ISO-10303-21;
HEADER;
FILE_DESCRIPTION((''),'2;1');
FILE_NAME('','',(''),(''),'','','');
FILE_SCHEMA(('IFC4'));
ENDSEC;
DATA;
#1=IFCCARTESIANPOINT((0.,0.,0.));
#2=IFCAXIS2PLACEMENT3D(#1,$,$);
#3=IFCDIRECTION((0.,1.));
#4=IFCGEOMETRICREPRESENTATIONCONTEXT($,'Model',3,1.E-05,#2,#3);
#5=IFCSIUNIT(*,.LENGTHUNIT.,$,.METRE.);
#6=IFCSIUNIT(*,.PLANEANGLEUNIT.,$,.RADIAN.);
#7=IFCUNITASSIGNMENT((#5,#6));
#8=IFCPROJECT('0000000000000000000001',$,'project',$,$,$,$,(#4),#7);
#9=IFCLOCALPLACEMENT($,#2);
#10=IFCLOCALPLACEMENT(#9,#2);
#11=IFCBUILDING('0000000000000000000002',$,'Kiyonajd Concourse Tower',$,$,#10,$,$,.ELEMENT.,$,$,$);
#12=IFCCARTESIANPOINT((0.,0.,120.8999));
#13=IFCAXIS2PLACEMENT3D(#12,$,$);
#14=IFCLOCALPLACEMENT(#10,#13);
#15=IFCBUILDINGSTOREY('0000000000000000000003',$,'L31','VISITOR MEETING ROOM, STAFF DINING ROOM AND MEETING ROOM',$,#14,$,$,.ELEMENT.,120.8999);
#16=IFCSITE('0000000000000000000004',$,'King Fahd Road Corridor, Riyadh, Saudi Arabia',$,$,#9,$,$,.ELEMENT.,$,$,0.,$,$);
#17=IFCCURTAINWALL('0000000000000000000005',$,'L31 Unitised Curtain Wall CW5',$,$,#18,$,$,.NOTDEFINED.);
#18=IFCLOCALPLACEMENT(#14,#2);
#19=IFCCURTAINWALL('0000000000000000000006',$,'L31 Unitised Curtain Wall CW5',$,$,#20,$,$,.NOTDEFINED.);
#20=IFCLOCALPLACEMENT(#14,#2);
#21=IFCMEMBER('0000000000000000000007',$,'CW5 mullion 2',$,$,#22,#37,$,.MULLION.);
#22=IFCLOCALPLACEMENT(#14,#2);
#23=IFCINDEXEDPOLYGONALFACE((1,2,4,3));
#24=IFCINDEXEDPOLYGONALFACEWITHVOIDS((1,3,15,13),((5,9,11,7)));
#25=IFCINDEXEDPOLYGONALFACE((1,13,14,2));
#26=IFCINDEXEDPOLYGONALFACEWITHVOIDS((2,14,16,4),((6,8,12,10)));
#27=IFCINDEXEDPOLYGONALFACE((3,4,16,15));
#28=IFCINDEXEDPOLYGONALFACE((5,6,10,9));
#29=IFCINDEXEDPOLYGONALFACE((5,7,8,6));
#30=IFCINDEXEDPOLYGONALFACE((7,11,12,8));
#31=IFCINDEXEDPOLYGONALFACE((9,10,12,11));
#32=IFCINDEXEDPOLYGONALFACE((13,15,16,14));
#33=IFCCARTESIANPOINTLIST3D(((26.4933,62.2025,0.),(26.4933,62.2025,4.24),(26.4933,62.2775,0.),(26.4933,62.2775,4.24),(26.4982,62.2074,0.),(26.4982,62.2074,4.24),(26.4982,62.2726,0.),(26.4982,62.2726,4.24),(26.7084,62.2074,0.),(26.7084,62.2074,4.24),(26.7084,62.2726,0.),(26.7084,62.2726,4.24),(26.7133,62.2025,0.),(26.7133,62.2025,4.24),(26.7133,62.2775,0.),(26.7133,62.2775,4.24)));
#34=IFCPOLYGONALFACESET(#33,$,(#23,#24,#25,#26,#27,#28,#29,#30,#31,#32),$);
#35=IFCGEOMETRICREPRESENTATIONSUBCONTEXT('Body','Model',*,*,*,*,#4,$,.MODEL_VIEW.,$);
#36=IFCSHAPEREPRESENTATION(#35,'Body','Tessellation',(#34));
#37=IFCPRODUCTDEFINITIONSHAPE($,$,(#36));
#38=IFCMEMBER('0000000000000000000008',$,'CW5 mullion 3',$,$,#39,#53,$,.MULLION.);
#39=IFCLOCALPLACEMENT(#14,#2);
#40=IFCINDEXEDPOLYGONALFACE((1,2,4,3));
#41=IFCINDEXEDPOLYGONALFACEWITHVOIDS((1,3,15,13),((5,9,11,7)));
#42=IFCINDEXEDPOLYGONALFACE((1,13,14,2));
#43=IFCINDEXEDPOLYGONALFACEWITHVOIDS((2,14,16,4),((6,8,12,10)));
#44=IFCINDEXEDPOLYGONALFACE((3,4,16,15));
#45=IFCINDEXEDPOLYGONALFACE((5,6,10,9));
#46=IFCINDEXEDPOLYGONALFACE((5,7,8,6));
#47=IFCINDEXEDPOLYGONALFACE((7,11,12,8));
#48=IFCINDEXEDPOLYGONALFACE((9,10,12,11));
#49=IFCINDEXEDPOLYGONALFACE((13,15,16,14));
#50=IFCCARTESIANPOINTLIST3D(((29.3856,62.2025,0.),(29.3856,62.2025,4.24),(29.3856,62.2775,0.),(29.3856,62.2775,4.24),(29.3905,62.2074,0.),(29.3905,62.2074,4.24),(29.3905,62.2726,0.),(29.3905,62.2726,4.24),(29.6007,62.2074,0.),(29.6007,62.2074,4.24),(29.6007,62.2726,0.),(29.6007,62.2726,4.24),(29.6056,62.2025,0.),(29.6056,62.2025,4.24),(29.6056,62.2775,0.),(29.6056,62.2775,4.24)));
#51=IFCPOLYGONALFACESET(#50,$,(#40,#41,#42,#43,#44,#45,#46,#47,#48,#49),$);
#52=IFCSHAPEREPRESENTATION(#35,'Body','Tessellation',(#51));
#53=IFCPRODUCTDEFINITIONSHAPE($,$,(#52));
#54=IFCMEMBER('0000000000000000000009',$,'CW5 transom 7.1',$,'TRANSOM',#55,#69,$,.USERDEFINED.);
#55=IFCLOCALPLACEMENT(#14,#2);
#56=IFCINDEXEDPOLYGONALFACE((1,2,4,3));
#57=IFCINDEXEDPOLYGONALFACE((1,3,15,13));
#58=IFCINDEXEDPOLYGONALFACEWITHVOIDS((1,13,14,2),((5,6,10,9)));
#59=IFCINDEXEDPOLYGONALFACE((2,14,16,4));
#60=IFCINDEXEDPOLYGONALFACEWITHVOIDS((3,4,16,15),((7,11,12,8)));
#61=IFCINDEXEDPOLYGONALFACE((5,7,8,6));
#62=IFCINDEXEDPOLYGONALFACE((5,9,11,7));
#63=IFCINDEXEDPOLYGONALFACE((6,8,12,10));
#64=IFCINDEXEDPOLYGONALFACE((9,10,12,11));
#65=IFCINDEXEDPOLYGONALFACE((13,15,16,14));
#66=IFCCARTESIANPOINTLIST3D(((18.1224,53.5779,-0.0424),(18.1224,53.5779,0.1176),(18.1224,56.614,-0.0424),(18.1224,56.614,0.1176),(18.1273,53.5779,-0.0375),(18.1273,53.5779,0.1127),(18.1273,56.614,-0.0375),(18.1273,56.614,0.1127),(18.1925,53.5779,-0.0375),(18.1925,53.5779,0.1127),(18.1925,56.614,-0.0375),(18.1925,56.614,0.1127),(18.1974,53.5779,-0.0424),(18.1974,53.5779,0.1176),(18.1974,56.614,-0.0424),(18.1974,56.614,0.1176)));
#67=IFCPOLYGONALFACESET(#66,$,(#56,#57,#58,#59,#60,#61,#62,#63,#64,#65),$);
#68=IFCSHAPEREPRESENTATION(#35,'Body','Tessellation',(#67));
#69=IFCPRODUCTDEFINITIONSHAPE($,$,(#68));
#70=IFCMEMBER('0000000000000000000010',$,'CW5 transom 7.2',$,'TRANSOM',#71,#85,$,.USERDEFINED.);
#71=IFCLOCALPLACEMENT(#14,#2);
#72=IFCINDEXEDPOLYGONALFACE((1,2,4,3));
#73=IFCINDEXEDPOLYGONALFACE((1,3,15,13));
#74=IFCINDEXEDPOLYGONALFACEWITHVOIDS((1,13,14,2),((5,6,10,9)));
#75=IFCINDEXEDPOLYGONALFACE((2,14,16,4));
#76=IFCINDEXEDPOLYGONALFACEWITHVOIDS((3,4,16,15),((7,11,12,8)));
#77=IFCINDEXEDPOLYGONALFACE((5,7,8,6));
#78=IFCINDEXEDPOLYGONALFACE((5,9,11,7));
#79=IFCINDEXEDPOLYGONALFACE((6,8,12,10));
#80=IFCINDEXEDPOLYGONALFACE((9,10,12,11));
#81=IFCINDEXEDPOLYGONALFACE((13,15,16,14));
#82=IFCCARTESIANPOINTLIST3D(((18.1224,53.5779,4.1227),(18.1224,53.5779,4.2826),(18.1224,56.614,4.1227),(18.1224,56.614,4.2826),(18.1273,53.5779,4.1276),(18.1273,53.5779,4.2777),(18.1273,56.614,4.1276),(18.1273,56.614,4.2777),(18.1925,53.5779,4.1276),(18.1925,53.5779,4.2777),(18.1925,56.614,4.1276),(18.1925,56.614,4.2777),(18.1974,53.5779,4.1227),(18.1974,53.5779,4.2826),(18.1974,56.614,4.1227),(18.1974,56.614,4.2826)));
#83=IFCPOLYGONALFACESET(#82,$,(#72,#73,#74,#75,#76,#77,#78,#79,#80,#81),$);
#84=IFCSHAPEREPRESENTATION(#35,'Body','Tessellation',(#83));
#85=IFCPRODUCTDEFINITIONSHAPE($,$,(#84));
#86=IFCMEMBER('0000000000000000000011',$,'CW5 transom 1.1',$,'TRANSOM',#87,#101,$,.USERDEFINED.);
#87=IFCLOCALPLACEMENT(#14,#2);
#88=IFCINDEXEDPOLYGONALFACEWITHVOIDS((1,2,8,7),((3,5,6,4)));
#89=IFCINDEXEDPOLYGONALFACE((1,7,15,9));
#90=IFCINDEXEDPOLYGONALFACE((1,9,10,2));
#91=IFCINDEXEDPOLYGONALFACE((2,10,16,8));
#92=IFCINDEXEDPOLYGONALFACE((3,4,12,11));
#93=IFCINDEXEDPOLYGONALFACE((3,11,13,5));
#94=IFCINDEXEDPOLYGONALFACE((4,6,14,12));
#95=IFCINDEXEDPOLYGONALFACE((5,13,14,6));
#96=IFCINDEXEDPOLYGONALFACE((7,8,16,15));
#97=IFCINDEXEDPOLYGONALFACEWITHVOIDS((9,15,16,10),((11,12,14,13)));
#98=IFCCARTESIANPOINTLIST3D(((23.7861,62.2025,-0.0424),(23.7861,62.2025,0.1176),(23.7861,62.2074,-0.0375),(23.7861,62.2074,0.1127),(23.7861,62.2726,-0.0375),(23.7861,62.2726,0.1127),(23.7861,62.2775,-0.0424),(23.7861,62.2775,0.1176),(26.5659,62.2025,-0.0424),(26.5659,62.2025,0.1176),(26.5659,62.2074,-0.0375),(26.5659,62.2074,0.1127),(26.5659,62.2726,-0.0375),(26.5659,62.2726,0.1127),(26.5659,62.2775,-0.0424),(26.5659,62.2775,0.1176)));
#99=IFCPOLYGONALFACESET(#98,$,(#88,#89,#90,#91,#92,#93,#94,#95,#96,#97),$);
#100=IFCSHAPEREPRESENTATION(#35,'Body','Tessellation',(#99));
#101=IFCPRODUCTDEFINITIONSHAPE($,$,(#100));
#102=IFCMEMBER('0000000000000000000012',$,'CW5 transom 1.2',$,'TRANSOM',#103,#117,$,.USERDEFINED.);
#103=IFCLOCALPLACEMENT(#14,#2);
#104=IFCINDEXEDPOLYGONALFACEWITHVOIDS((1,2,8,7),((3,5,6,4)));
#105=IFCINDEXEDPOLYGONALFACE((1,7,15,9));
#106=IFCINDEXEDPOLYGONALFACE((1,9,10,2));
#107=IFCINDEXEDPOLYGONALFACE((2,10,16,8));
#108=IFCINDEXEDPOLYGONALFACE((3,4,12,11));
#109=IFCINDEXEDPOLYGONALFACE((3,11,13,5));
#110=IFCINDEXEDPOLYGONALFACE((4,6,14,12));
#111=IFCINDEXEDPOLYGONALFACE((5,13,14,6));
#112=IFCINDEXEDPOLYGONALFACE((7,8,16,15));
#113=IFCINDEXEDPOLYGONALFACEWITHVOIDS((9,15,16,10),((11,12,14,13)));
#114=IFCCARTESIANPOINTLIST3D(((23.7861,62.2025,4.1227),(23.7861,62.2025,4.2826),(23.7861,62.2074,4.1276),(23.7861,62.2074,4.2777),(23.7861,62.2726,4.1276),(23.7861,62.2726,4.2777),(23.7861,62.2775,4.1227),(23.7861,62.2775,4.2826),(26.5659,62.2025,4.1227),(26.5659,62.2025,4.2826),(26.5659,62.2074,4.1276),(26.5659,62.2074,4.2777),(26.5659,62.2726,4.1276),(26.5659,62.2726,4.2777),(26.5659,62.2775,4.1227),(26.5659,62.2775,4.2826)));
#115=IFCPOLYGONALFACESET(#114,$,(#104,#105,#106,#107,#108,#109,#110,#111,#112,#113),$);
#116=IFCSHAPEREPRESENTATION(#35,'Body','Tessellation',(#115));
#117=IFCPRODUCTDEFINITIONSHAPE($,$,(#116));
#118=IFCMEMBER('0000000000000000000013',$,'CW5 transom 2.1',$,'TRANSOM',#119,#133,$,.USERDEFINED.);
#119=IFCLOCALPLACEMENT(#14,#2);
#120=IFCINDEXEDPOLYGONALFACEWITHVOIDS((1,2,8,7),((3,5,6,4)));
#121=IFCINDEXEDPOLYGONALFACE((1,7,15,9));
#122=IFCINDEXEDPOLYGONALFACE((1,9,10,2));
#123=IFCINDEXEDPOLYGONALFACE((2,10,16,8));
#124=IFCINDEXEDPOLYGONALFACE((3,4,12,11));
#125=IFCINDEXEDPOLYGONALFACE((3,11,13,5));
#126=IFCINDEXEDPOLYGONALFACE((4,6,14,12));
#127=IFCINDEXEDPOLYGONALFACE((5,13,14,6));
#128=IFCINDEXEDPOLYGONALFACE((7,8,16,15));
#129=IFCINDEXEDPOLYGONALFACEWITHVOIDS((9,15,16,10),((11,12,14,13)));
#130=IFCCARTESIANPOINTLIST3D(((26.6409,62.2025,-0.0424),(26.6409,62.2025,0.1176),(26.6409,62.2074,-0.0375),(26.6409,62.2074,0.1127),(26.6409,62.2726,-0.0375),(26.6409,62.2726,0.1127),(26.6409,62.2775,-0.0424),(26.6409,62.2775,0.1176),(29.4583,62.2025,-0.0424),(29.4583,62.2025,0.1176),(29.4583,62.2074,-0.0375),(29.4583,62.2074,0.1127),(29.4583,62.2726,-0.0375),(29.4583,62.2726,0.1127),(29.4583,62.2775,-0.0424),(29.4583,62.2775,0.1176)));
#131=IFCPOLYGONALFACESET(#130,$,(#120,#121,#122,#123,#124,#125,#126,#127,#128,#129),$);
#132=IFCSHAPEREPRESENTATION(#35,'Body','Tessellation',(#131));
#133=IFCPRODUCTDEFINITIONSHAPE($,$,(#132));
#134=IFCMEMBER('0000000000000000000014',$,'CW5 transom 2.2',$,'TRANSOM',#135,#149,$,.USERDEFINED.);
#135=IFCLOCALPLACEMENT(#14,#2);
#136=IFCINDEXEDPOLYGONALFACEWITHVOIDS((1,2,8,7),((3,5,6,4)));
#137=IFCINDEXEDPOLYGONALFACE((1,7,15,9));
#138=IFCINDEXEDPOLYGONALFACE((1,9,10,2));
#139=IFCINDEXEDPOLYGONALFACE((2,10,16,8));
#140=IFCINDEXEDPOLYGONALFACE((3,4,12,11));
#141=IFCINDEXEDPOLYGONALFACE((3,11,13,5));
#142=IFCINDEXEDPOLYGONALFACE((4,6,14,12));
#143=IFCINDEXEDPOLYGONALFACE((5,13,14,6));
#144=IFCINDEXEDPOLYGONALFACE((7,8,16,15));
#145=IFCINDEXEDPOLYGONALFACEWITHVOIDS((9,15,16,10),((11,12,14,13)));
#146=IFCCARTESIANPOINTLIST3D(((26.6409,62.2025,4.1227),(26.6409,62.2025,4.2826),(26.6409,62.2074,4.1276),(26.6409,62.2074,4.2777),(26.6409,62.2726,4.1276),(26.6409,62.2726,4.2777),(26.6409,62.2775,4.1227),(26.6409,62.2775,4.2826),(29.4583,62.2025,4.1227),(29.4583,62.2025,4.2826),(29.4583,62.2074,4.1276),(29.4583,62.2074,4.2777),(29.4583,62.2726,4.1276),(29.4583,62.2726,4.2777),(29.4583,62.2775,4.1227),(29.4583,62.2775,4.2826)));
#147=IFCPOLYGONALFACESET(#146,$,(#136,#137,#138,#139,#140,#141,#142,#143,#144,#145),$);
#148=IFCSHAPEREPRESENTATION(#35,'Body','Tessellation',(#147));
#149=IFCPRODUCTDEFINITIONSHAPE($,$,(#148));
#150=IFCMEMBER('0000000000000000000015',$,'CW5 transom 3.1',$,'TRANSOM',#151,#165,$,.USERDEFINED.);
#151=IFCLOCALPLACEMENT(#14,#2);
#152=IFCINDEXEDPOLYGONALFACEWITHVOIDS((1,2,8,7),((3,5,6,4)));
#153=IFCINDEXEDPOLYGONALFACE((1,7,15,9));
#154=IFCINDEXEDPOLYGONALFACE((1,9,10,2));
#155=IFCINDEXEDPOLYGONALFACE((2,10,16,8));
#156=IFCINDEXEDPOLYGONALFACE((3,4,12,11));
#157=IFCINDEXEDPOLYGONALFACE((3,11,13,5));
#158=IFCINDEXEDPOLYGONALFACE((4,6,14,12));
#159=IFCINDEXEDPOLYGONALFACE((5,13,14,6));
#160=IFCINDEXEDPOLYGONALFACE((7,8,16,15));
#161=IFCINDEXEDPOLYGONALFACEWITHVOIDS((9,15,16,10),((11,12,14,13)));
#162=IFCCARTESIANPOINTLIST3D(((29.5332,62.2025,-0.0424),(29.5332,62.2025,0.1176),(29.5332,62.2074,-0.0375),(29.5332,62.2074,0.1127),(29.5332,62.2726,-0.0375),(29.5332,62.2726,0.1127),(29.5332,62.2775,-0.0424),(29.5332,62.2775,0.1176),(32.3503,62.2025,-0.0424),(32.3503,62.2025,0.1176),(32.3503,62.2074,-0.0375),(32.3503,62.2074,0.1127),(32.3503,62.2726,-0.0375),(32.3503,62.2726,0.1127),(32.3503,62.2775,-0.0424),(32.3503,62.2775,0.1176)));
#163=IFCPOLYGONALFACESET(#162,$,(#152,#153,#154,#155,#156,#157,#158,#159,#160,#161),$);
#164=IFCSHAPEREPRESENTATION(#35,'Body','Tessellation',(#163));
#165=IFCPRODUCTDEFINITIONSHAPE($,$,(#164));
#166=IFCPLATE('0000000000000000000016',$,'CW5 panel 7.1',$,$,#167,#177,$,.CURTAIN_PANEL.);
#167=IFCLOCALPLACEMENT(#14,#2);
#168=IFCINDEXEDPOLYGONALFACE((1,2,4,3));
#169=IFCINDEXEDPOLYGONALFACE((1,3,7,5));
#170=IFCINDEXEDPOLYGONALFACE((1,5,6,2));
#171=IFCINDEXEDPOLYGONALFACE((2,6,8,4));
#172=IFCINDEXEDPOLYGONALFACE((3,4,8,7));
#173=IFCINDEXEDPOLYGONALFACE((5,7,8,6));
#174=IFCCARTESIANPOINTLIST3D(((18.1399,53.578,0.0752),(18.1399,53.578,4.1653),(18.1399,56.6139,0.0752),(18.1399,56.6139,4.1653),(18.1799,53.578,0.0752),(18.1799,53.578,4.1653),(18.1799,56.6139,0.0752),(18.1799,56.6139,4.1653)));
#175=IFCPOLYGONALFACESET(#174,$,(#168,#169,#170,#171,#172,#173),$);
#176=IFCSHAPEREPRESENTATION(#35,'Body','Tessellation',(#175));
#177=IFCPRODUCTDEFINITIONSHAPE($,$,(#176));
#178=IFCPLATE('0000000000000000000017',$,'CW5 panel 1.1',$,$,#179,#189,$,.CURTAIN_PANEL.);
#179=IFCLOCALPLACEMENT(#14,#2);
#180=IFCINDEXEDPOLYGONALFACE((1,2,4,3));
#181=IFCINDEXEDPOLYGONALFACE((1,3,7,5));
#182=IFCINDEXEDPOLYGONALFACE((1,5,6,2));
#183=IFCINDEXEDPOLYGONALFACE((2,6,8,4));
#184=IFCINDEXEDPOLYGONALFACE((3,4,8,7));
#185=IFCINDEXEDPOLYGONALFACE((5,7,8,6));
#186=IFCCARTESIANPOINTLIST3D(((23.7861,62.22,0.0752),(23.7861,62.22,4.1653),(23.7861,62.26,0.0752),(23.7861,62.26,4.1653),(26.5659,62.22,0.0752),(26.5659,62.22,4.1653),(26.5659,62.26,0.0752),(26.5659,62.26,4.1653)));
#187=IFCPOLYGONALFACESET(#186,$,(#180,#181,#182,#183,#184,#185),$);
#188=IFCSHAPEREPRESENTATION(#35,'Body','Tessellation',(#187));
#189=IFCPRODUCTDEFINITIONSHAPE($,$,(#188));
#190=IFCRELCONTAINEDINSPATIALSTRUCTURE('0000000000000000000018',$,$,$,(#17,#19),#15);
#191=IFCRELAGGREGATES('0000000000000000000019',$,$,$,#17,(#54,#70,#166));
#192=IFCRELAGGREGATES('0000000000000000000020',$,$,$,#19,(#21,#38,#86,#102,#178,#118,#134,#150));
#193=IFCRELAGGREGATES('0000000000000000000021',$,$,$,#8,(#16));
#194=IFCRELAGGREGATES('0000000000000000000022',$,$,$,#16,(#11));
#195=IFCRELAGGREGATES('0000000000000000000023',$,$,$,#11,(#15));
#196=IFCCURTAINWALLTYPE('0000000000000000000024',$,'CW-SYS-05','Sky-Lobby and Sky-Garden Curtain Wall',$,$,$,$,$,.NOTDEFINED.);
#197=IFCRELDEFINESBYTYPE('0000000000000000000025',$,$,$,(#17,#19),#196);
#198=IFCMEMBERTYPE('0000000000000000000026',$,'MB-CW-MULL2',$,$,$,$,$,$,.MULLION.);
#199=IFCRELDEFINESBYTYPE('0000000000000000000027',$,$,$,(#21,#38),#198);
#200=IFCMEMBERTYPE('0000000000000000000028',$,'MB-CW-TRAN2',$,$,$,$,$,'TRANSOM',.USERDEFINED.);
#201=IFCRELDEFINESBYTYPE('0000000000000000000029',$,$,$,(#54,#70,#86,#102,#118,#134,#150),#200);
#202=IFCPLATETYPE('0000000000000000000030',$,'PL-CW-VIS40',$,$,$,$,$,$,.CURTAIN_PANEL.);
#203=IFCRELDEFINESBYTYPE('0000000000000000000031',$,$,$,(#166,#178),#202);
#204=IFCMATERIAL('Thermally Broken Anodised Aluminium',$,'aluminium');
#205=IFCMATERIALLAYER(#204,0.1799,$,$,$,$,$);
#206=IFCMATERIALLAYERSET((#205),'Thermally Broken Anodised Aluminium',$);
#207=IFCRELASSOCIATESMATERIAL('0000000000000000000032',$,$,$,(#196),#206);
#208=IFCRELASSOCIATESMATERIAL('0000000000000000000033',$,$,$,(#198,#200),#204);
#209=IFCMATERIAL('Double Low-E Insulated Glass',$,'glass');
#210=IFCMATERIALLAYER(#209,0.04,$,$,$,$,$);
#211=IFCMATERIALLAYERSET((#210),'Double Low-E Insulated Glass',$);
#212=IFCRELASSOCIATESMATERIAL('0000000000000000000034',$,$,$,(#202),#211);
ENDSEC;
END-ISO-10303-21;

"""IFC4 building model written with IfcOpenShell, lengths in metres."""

from ifc_helpers import new_model, si_unit, direction, frame, origin, origin_2d, place, context, subcontext, project, spatial, rectangle, hollow_rectangle, extrude, material, layer, layer_set, material_profile, profile_set, type_object, element, aggregate, save


model = new_model("IFC4")

# Units and contexts
model_context = context("Model", 3, precision=1e-05, world=origin(), true_north=direction((0.0, 1.0)))
body_context = subcontext(model_context, "Body", "Model", "MODEL_VIEW")
ifc_project = project(units=[si_unit("LENGTHUNIT", "METRE"), si_unit("PLANEANGLEUNIT", "RADIAN")], contexts=[model_context])

# Site, building, storey
site_placement = place(None, origin())
site = spatial("IfcSite", under=ifc_project, at=site_placement, Name="King Fahd Road Corridor, Riyadh, Saudi Arabia", CompositionType="ELEMENT", RefElevation=0.0)
building_placement = place(site_placement, origin())
building = spatial("IfcBuilding", under=site, at=building_placement, Name="Kiyonajd Concourse Tower", CompositionType="ELEMENT")
storey_placement = place(building_placement, frame((0.0, 0.0, 120.8999)))
storey = spatial("IfcBuildingStorey", under=building, at=storey_placement, Name="L31", Description="VISITOR MEETING ROOM, STAFF DINING ROOM AND MEETING ROOM", CompositionType="ELEMENT", Elevation=120.8999)

# Curtain walls, members
ifc_material_1 = material(Name="Thermally Broken Anodised Aluminium", Category="aluminium")
ifc_layer_1 = layer(ifc_material_1, 0.1799)
ifc_layer_set_1 = layer_set([ifc_layer_1], Name="Thermally Broken Anodised Aluminium")
curtain_wall_type = type_object("IfcCurtainWallType", Name="CW-SYS-05", Description="Sky-Lobby and Sky-Garden Curtain Wall", PredefinedType="NOTDEFINED", material=ifc_layer_set_1)
curtain_wall_1_placement = place(storey_placement, origin())
curtain_wall_1 = element("IfcCurtainWall", 1, at=curtain_wall_1_placement, inside=storey, type_object=curtain_wall_type, Name="L31 Unitised Curtain Wall CW5", PredefinedType="NOTDEFINED")
ifc_material_profile_1 = material_profile(ifc_material_1, hollow_rectangle(XDim=0.075, YDim=0.22, WallThickness=0.0049, at=origin_2d()), Name="MULL-75x220")
ifc_profile_set_1 = profile_set([ifc_material_profile_1], Name="Thermally Broken Anodised Aluminium")
member_type_1 = type_object("IfcMemberType", Name="MB-CW-MULL2", PredefinedType="MULLION", material=ifc_profile_set_1)
curtain_wall_2_placement = place(storey_placement, origin())
curtain_wall_2 = element("IfcCurtainWall", 2, at=curtain_wall_2_placement, inside=storey, type_object=curtain_wall_type, Name="L31 Unitised Curtain Wall CW5", PredefinedType="NOTDEFINED")
member_1_placement = place(storey_placement, frame((26.6033, 62.24, 0.0), z_axis=(0.0, 0.0, 1.0), x_axis=(0.0, 1.0, 0.0)))
member_1 = element("IfcMember", 3, at=member_1_placement, type_object=member_type_1, Name="CW5 mullion 2", PredefinedType="MULLION", context=body_context, shape_type="SweptSolid", body=[
    extrude(hollow_rectangle(XDim=0.075, YDim=0.22, WallThickness=0.0049, at=origin_2d()), origin(), (0.0, 0.0, 1.0), 4.24),
])
member_2_placement = place(storey_placement, frame((29.4956, 62.24, 0.0), z_axis=(0.0, 0.0, 1.0), x_axis=(0.0, 1.0, 0.0)))
member_2 = element("IfcMember", 4, at=member_2_placement, type_object=member_type_1, Name="CW5 mullion 3", PredefinedType="MULLION", context=body_context, shape_type="SweptSolid", body=[
    extrude(hollow_rectangle(XDim=0.075, YDim=0.22, WallThickness=0.0049, at=origin_2d()), origin(), (0.0, 0.0, 1.0), 4.24),
])

# Members
ifc_material_profile_2 = material_profile(ifc_material_1, hollow_rectangle(XDim=0.075, YDim=0.1599, WallThickness=0.0049, at=origin_2d()), Name="TRAN-75x160")
ifc_profile_set_2 = profile_set([ifc_material_profile_2], Name="Thermally Broken Anodised Aluminium")
member_type_2 = type_object("IfcMemberType", Name="MB-CW-TRAN2", ElementType="TRANSOM", PredefinedType="USERDEFINED", material=ifc_profile_set_2)
member_3_placement = place(storey_placement, frame((18.1599, 53.5779, 0.0376), z_axis=(0.0, 1.0, 0.0), x_axis=(-1.0, 0.0, 0.0)))
member_3 = element("IfcMember", 5, at=member_3_placement, type_object=member_type_2, Name="CW5 transom 7.1", ObjectType="TRANSOM", PredefinedType="USERDEFINED", context=body_context, shape_type="SweptSolid", body=[
    extrude(hollow_rectangle(XDim=0.075, YDim=0.1599, WallThickness=0.0049, at=origin_2d()), origin(), (0.0, 0.0, 1.0), 3.0361),
])
member_4_placement = place(storey_placement, frame((18.1599, 53.5779, 4.2026), z_axis=(0.0, 1.0, 0.0), x_axis=(-1.0, 0.0, 0.0)))
member_4 = element("IfcMember", 6, at=member_4_placement, type_object=member_type_2, Name="CW5 transom 7.2", ObjectType="TRANSOM", PredefinedType="USERDEFINED", context=body_context, shape_type="SweptSolid", body=[
    extrude(hollow_rectangle(XDim=0.075, YDim=0.1599, WallThickness=0.0049, at=origin_2d()), origin(), (0.0, 0.0, 1.0), 3.0361),
])
member_5_placement = place(storey_placement, frame((23.7861, 62.24, 0.0376), z_axis=(1.0, 0.0, 0.0), x_axis=(0.0, 1.0, 0.0)))
member_5 = element("IfcMember", 7, at=member_5_placement, type_object=member_type_2, Name="CW5 transom 1.1", ObjectType="TRANSOM", PredefinedType="USERDEFINED", context=body_context, shape_type="SweptSolid", body=[
    extrude(hollow_rectangle(XDim=0.075, YDim=0.1599, WallThickness=0.0049, at=origin_2d()), origin(), (0.0, 0.0, 1.0), 2.7798),
])
member_6_placement = place(storey_placement, frame((23.7861, 62.24, 4.2026), z_axis=(1.0, 0.0, 0.0), x_axis=(0.0, 1.0, 0.0)))
member_6 = element("IfcMember", 8, at=member_6_placement, type_object=member_type_2, Name="CW5 transom 1.2", ObjectType="TRANSOM", PredefinedType="USERDEFINED", context=body_context, shape_type="SweptSolid", body=[
    extrude(hollow_rectangle(XDim=0.075, YDim=0.1599, WallThickness=0.0049, at=origin_2d()), origin(), (0.0, 0.0, 1.0), 2.7798),
])
member_7_placement = place(storey_placement, frame((26.6409, 62.24, 0.0376), z_axis=(1.0, 0.0, 0.0), x_axis=(0.0, 1.0, 0.0)))
member_7 = element("IfcMember", 9, at=member_7_placement, type_object=member_type_2, Name="CW5 transom 2.1", ObjectType="TRANSOM", PredefinedType="USERDEFINED", context=body_context, shape_type="SweptSolid", body=[
    extrude(hollow_rectangle(XDim=0.075, YDim=0.1599, WallThickness=0.0049, at=origin_2d()), origin(), (0.0, 0.0, 1.0), 2.8174),
])
member_8_placement = place(storey_placement, frame((26.6409, 62.24, 4.2026), z_axis=(1.0, 0.0, 0.0), x_axis=(0.0, 1.0, 0.0)))
member_8 = element("IfcMember", 10, at=member_8_placement, type_object=member_type_2, Name="CW5 transom 2.2", ObjectType="TRANSOM", PredefinedType="USERDEFINED", context=body_context, shape_type="SweptSolid", body=[
    extrude(hollow_rectangle(XDim=0.075, YDim=0.1599, WallThickness=0.0049, at=origin_2d()), origin(), (0.0, 0.0, 1.0), 2.8174),
])
member_9_placement = place(storey_placement, frame((29.5332, 62.24, 0.0376), z_axis=(1.0, 0.0, 0.0), x_axis=(0.0, 1.0, 0.0)))
member_9 = element("IfcMember", 11, at=member_9_placement, type_object=member_type_2, Name="CW5 transom 3.1", ObjectType="TRANSOM", PredefinedType="USERDEFINED", context=body_context, shape_type="SweptSolid", body=[
    extrude(hollow_rectangle(XDim=0.075, YDim=0.1599, WallThickness=0.0049, at=origin_2d()), origin(), (0.0, 0.0, 1.0), 2.8171),
])

# Plates
ifc_material_2 = material(Name="Double Low-E Insulated Glass", Category="glass")
ifc_layer_2 = layer(ifc_material_2, 0.04)
ifc_layer_set_2 = layer_set([ifc_layer_2], Name="Double Low-E Insulated Glass")
plate_type_1 = type_object("IfcPlateType", Name="PL-CW-VIS40", PredefinedType="CURTAIN_PANEL", material=ifc_layer_set_2)
plate_1_placement = place(storey_placement, frame((18.1599, 55.0959, 0.0752), z_axis=(0.0, 0.0, 1.0), x_axis=(0.0, 1.0, 0.0)))
plate_1 = element("IfcPlate", 12, at=plate_1_placement, type_object=plate_type_1, Name="CW5 panel 7.1", PredefinedType="CURTAIN_PANEL", context=body_context, shape_type="SweptSolid", body=[
    extrude(rectangle(XDim=3.0359, YDim=0.04, at=origin_2d()), origin(), (0.0, 0.0, 1.0), 4.0901),
])
aggregate(curtain_wall_1, [member_3, member_4, plate_1])
plate_2_placement = place(storey_placement, frame((25.176, 62.24, 0.0752), z_axis=(0.0, 0.0, 1.0), x_axis=(1.0, 0.0, 0.0)))
plate_2 = element("IfcPlate", 13, at=plate_2_placement, type_object=plate_type_1, Name="CW5 panel 1.1", PredefinedType="CURTAIN_PANEL", context=body_context, shape_type="SweptSolid", body=[
    extrude(rectangle(XDim=2.7798, YDim=0.04, at=origin_2d()), origin(), (0.0, 0.0, 1.0), 4.0901),
])
aggregate(curtain_wall_2, [member_1, member_2, member_5, member_6, plate_2, member_7, member_8, member_9])

save(model, "model.ifc")
